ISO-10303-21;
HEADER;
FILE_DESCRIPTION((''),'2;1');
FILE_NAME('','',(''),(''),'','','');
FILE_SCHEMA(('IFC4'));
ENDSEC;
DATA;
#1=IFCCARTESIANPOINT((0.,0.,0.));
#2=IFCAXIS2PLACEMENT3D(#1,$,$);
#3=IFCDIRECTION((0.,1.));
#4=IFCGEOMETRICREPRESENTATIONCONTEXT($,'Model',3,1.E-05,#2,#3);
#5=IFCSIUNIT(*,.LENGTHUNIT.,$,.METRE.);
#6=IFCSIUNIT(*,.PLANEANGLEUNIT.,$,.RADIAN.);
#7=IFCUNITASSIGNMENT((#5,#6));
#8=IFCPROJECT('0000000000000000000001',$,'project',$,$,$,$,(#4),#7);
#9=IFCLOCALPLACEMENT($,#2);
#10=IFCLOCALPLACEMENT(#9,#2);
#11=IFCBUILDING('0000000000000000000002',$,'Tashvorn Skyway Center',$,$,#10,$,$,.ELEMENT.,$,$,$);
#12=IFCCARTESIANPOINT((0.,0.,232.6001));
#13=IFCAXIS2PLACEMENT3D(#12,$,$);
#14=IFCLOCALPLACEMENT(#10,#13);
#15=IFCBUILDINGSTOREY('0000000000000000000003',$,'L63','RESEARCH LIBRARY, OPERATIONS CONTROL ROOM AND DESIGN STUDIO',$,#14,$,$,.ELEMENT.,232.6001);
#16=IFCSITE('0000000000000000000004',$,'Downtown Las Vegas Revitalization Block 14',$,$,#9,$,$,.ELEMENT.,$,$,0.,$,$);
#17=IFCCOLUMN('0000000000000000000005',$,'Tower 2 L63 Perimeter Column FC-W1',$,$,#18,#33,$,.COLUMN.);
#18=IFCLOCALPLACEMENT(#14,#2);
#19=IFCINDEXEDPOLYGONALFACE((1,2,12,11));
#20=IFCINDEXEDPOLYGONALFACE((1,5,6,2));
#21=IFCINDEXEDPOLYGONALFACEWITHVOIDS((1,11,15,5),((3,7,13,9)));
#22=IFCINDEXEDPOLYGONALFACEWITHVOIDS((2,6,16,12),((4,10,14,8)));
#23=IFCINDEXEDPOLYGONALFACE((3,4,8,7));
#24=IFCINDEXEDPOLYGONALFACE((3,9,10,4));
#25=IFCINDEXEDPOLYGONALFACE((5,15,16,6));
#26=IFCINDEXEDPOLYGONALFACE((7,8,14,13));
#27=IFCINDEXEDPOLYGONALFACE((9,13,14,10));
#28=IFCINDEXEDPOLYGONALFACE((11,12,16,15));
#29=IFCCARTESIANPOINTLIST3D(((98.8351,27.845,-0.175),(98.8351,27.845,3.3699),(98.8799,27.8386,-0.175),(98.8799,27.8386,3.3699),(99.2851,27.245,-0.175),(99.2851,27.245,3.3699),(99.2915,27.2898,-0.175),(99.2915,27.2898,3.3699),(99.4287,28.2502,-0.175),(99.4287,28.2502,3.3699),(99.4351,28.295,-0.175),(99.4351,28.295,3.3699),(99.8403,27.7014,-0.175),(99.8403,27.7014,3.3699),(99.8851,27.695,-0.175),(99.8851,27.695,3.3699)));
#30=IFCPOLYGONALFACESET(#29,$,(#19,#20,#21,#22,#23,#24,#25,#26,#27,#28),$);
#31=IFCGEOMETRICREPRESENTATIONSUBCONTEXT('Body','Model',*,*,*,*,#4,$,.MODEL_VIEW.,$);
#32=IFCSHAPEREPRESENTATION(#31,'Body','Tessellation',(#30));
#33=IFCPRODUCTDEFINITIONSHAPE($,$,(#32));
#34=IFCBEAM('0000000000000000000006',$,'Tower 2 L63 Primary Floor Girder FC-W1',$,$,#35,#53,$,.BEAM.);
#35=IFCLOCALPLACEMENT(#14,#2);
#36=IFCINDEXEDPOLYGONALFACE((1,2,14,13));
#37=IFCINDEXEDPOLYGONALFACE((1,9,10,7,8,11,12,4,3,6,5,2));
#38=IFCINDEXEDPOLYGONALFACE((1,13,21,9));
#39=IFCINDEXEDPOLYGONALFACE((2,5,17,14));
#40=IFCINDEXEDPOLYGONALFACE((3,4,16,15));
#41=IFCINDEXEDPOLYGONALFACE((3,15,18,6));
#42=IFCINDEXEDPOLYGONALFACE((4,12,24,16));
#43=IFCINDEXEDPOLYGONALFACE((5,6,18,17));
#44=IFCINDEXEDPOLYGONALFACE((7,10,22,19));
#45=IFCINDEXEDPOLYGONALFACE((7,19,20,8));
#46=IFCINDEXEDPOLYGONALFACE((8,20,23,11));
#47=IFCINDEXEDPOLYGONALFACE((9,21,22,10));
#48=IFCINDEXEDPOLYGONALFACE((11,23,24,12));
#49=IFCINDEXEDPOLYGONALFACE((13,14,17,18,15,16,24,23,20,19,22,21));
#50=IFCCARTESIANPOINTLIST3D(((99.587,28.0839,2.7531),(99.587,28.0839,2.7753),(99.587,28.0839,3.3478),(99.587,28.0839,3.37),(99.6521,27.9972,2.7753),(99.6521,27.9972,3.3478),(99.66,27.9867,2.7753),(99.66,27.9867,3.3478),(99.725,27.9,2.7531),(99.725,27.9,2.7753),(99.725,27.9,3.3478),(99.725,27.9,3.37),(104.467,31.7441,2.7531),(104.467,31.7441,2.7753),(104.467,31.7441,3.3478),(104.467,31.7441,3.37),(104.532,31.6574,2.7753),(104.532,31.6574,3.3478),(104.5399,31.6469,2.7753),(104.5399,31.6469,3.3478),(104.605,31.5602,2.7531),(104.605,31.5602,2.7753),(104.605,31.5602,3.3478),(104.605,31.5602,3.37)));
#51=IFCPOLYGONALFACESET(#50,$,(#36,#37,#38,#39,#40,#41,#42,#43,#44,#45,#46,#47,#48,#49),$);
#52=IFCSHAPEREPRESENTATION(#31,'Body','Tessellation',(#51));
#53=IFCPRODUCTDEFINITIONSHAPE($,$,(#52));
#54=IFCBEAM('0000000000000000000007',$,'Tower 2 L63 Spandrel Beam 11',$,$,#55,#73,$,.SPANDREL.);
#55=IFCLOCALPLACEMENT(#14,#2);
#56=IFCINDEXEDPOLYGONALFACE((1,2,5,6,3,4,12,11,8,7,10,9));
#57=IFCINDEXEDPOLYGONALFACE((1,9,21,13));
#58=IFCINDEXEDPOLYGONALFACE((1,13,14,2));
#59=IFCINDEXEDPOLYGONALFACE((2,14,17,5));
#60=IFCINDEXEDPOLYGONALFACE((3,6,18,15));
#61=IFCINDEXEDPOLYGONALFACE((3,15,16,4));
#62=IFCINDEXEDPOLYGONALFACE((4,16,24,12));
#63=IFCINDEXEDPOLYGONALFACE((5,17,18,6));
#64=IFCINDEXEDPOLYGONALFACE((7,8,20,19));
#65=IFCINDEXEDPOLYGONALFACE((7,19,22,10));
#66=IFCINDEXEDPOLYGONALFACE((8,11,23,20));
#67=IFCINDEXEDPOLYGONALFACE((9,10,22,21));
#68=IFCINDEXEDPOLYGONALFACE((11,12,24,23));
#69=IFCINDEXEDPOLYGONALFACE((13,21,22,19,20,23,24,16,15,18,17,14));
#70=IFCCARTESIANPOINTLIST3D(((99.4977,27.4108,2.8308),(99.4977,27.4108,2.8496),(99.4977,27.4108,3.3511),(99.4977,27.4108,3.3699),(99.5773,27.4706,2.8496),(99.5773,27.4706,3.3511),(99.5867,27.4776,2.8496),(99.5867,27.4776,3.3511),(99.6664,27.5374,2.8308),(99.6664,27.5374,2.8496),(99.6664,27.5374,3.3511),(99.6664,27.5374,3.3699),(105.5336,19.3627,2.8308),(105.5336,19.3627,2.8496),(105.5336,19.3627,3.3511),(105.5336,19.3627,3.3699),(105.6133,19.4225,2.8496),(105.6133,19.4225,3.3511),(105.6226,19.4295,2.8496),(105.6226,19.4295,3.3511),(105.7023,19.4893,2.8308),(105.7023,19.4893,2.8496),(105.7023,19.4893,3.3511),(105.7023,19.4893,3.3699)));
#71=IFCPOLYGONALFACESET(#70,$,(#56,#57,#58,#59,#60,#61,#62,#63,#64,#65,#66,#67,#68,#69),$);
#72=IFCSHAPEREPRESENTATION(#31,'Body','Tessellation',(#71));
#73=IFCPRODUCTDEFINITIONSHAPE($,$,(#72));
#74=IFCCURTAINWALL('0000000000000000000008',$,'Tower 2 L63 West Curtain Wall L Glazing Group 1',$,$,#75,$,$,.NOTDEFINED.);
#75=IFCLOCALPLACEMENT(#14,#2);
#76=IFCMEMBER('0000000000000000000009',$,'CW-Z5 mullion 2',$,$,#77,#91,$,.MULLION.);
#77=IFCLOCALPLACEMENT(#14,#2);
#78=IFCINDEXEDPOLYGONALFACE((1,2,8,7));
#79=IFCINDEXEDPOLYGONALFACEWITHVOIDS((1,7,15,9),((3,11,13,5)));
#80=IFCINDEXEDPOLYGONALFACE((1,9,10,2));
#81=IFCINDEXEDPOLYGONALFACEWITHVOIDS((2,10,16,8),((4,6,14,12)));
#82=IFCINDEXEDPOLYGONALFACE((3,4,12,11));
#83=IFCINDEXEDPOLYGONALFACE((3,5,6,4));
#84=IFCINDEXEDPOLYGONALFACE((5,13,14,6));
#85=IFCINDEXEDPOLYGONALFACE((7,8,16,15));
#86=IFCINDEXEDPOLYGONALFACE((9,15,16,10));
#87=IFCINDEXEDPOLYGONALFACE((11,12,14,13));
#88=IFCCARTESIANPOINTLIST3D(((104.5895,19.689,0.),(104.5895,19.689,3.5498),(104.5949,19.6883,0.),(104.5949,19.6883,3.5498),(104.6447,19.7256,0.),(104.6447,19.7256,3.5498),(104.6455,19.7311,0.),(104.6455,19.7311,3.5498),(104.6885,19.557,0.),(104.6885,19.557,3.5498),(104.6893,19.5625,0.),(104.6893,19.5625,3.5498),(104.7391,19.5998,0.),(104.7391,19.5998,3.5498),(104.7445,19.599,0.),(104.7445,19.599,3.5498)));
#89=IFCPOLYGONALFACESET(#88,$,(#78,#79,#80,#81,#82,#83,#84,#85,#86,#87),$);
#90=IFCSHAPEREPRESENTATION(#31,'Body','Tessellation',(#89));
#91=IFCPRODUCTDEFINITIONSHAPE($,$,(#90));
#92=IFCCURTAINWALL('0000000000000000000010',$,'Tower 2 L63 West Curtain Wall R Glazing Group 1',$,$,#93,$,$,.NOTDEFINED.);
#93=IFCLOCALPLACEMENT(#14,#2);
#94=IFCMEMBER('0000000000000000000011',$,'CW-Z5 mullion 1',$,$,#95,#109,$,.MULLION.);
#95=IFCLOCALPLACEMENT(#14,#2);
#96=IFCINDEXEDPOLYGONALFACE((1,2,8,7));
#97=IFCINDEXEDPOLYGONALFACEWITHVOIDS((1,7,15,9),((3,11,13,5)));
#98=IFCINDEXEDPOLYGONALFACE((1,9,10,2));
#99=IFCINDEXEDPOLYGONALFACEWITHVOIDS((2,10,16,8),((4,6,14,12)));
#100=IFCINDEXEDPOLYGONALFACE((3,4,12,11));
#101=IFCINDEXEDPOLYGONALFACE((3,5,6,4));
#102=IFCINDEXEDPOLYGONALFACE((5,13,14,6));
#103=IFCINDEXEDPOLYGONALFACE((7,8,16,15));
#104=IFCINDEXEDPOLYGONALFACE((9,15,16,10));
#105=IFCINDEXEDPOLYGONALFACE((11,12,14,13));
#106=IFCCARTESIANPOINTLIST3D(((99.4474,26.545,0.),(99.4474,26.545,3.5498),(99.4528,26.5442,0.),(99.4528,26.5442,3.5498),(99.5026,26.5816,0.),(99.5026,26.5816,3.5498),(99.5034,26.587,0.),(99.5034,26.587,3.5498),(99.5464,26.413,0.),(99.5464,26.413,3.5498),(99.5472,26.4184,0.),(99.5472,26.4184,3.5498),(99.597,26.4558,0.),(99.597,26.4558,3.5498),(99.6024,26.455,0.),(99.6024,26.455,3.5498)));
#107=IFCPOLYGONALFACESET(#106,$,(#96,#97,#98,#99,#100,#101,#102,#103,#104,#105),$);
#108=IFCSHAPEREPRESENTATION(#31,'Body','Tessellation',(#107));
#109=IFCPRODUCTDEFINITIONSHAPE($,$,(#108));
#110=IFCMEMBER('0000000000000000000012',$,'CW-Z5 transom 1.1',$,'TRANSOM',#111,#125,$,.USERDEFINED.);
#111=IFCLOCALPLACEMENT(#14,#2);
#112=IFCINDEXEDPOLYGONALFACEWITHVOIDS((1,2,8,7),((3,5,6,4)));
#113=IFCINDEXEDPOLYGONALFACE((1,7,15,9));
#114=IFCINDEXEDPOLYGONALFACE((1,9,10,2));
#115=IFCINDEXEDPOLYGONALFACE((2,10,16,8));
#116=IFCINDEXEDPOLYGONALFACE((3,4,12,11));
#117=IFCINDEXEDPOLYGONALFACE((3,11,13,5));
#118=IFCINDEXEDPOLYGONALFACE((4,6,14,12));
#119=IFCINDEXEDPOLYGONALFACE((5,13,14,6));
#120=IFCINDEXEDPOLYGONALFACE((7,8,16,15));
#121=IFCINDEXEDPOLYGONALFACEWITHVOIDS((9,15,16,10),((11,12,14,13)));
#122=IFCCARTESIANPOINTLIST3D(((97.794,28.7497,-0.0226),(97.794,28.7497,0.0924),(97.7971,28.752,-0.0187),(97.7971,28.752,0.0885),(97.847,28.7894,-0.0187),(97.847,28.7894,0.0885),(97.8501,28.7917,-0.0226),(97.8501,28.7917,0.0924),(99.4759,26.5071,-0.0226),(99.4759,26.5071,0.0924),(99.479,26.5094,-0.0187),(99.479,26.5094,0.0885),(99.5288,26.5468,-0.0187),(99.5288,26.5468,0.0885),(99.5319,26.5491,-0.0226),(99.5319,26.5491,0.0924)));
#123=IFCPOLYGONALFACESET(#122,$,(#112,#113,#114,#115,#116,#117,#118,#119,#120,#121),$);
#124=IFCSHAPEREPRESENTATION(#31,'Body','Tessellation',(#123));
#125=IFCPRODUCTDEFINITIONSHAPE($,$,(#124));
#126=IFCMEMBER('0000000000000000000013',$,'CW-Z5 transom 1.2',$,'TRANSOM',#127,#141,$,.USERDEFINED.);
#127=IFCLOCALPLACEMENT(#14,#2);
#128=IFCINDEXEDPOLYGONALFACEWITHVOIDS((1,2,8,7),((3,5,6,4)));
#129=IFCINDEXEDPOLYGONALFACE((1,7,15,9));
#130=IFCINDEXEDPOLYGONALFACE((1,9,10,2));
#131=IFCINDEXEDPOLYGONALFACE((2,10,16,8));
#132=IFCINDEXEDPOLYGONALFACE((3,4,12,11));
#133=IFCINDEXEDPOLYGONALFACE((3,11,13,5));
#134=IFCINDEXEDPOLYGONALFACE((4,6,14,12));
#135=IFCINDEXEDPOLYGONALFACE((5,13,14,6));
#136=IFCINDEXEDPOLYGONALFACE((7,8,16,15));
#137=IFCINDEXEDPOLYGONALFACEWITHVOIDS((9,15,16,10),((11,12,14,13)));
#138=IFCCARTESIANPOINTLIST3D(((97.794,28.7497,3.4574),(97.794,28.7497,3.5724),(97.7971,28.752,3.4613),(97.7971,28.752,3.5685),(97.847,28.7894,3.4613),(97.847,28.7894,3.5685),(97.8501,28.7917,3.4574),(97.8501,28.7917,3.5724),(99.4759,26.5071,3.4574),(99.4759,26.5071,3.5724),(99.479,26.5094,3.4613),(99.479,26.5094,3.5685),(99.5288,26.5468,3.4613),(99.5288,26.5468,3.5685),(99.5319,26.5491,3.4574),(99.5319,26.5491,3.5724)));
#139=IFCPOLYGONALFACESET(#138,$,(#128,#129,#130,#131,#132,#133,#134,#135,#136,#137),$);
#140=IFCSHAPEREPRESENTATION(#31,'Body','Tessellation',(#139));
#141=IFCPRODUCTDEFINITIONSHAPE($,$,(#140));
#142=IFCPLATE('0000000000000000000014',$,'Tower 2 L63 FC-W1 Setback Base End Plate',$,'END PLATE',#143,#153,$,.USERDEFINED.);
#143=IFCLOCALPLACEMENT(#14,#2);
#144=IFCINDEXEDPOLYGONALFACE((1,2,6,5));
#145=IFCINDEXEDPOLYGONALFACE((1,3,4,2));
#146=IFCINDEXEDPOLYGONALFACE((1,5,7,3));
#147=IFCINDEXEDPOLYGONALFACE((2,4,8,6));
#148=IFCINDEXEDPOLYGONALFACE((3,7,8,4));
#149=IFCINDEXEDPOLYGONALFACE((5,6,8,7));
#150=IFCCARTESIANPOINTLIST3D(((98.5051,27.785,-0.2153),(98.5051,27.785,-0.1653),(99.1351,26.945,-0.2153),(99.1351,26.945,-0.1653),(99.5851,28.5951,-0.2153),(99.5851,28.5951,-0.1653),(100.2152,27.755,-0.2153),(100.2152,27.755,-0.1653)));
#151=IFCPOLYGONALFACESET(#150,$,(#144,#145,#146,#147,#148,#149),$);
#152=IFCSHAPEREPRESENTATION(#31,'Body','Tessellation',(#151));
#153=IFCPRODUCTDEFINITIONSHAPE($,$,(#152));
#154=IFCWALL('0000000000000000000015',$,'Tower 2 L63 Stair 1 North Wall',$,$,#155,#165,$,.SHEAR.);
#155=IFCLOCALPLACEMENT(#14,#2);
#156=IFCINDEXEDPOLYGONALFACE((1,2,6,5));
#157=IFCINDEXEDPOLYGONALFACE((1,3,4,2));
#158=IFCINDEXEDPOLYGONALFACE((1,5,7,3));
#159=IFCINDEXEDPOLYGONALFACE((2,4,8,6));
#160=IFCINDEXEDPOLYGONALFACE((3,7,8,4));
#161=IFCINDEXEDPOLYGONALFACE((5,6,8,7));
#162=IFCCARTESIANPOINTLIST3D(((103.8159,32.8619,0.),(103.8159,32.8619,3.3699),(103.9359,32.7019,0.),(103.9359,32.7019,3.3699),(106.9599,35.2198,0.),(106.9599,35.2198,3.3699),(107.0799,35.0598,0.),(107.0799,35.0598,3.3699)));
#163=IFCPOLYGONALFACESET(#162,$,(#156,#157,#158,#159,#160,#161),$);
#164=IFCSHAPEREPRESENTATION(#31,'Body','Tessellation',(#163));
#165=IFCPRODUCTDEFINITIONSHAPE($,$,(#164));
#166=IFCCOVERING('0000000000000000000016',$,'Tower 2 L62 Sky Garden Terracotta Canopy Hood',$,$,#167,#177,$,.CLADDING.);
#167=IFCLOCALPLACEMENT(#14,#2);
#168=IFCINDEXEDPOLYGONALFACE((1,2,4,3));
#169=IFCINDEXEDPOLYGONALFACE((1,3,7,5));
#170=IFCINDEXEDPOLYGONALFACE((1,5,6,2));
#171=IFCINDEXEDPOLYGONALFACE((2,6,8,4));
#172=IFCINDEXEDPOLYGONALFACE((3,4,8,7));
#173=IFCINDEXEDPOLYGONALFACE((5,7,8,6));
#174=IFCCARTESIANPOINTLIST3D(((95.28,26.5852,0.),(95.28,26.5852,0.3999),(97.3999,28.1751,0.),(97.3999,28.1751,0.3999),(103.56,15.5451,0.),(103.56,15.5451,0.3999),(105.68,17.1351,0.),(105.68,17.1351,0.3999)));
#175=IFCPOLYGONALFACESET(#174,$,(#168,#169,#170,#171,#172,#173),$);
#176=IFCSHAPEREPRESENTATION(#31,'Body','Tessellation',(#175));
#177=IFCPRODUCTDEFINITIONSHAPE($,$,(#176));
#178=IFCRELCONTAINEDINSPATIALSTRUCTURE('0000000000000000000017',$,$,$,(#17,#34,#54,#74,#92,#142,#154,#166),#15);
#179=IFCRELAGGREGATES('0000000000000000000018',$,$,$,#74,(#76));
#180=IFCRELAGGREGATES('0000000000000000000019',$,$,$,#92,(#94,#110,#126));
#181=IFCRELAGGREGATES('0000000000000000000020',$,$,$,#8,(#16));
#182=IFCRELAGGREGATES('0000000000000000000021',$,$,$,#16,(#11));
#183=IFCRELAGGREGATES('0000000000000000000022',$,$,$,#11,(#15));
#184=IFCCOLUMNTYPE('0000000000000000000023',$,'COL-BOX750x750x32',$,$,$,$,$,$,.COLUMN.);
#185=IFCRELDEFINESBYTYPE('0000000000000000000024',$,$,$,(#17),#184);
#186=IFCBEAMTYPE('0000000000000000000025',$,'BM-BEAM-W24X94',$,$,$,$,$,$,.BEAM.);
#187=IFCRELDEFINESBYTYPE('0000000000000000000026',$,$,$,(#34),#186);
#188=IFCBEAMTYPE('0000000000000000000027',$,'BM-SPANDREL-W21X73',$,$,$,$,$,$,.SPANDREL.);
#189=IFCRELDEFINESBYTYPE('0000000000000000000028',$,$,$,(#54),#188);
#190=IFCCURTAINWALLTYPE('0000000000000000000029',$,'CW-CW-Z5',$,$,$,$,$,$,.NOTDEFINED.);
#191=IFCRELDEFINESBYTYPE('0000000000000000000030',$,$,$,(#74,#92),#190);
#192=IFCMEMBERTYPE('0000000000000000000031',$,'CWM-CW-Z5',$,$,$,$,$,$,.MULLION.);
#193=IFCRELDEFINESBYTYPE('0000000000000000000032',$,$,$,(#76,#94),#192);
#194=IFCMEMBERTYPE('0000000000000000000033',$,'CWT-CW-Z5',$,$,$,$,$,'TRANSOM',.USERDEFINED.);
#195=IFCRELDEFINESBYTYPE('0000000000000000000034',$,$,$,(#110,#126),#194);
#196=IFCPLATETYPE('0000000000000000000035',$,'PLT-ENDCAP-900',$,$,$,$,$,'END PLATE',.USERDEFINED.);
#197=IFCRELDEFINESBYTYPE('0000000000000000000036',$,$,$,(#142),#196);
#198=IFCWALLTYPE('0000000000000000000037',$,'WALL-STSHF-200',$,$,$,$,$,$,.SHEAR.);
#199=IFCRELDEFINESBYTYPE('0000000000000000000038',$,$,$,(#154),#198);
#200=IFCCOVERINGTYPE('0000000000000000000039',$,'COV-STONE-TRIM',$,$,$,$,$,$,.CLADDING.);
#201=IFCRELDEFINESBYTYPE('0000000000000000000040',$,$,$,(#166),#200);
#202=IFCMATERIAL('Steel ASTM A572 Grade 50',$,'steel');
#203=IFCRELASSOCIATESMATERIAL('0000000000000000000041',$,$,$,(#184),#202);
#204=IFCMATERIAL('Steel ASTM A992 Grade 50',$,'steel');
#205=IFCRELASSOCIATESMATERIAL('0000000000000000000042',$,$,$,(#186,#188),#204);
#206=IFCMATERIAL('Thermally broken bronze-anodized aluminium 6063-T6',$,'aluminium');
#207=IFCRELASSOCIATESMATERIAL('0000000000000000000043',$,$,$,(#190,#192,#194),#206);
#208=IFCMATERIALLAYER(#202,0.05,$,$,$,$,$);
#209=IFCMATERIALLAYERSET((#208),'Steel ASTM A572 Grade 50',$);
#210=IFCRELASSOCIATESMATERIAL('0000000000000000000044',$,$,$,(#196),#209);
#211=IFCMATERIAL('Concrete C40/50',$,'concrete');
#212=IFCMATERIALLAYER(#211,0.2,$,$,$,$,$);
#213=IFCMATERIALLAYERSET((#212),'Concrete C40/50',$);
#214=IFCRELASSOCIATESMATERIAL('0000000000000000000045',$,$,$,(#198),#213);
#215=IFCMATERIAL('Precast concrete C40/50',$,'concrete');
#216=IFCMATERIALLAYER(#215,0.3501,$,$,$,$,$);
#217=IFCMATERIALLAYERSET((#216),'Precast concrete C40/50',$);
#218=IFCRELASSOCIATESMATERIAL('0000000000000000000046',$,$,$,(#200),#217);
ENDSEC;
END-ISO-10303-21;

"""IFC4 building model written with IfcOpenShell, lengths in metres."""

from ifc_helpers import new_model, si_unit, direction, frame, frame_2d, origin, origin_2d, place, context, subcontext, project, spatial, rectangle, hollow_rectangle, i_section, extrude, material, layer, layer_set, material_profile, profile_set, type_object, element, aggregate, save


model = new_model("IFC4")

# Units and contexts
model_context = context("Model", 3, precision=1e-05, world=origin(), true_north=direction((0.0, 1.0)))
body_context = subcontext(model_context, "Body", "Model", "MODEL_VIEW")
ifc_project = project(units=[si_unit("LENGTHUNIT", "METRE"), si_unit("PLANEANGLEUNIT", "RADIAN")], contexts=[model_context])

# Site, building, storey
site_placement = place(None, origin())
site = spatial("IfcSite", under=ifc_project, at=site_placement, Name="Downtown Las Vegas Revitalization Block 14", CompositionType="ELEMENT", RefElevation=0.0)
building_placement = place(site_placement, origin())
building = spatial("IfcBuilding", under=site, at=building_placement, Name="Tashvorn Skyway Center", CompositionType="ELEMENT")
storey_placement = place(building_placement, frame((0.0, 0.0, 232.6001)))
storey = spatial("IfcBuildingStorey", under=building, at=storey_placement, Name="L63", Description="RESEARCH LIBRARY, OPERATIONS CONTROL ROOM AND DESIGN STUDIO", CompositionType="ELEMENT", Elevation=232.6001)

# Column
ifc_material_1 = material(Name="Steel ASTM A572 Grade 50", Category="steel")
ifc_material_profile_1 = material_profile(ifc_material_1, hollow_rectangle(XDim=0.75, YDim=0.75, WallThickness=0.032, at=origin_2d()), Name="BOX750x750x32")
ifc_profile_set_1 = profile_set([ifc_material_profile_1], Name="Steel ASTM A572 Grade 50")
column_type = type_object("IfcColumnType", Name="COL-BOX750x750x32", PredefinedType="COLUMN", material=ifc_profile_set_1)
column_placement = place(storey_placement, frame((99.3601, 27.77, -0.175), z_axis=(0.0, 0.0, 1.0), x_axis=(0.8, 0.6, 0.0)))
element("IfcColumn", 1, at=column_placement, inside=storey, type_object=column_type, Name="Tower 2 L63 Perimeter Column FC-W1", PredefinedType="COLUMN", context=body_context, shape_type="SweptSolid", body=[
    extrude(hollow_rectangle(XDim=0.75, YDim=0.75, WallThickness=0.032, at=origin_2d()), origin(), (0.0, 0.0, 1.0), 3.5449),
])

# Beams
ifc_material_2 = material(Name="Steel ASTM A992 Grade 50", Category="steel")
ifc_material_profile_2 = material_profile(ifc_material_2, i_section(OverallWidth=0.23, OverallDepth=0.6169, WebThickness=0.0132, FlangeThickness=0.0222, at=origin_2d()), Name="W24X94")
ifc_profile_set_2 = profile_set([ifc_material_profile_2], Name="Steel ASTM A992 Grade 50")
beam_type_1 = type_object("IfcBeamType", Name="BM-BEAM-W24X94", PredefinedType="BEAM", material=ifc_profile_set_2)
beam_1_placement = place(storey_placement, frame((99.656, 27.9919, 3.0615), z_axis=(0.799981, 0.600026, 0.0), x_axis=(-0.600026, 0.799981, 0.0)))
element("IfcBeam", 2, at=beam_1_placement, inside=storey, type_object=beam_type_1, Name="Tower 2 L63 Primary Floor Girder FC-W1", PredefinedType="BEAM", context=body_context, shape_type="SweptSolid", body=[
    extrude(i_section(OverallWidth=0.23, OverallDepth=0.6169, WebThickness=0.0132, FlangeThickness=0.0222, at=origin_2d()), origin(), (0.0, 0.0, 1.0), 6.1001),
])
ifc_material_profile_3 = material_profile(ifc_material_2, i_section(OverallWidth=0.2109, OverallDepth=0.5391, WebThickness=0.0117, FlangeThickness=0.0188, at=origin_2d()), Name="W21X73")
ifc_profile_set_3 = profile_set([ifc_material_profile_3], Name="Steel ASTM A992 Grade 50")
beam_type_2 = type_object("IfcBeamType", Name="BM-SPANDREL-W21X73", PredefinedType="SPANDREL", material=ifc_profile_set_3)
beam_2_placement = place(storey_placement, frame((99.582, 27.4741, 3.1003), z_axis=(0.599988, -0.800009, 0.0), x_axis=(0.800009, 0.599988, 0.0)))
element("IfcBeam", 3, at=beam_2_placement, inside=storey, type_object=beam_type_2, Name="Tower 2 L63 Spandrel Beam 11", PredefinedType="SPANDREL", context=body_context, shape_type="SweptSolid", body=[
    extrude(i_section(OverallWidth=0.2109, OverallDepth=0.5391, WebThickness=0.0117, FlangeThickness=0.0188, at=origin_2d()), origin(), (0.0, 0.0, 1.0), 10.0601),
])

# Curtain wall, member
ifc_material_3 = material(Name="Thermally broken bronze-anodized aluminium 6063-T6", Category="aluminium")
curtain_wall_type = type_object("IfcCurtainWallType", Name="CW-CW-Z5", PredefinedType="NOTDEFINED", material=ifc_material_3)
curtain_wall_1_placement = place(storey_placement, origin())
curtain_wall_1 = element("IfcCurtainWall", 4, at=curtain_wall_1_placement, inside=storey, type_object=curtain_wall_type, Name="Tower 2 L63 West Curtain Wall L Glazing Group 1", PredefinedType="NOTDEFINED")
ifc_material_profile_4 = material_profile(ifc_material_3, hollow_rectangle(XDim=0.0701, YDim=0.165, WallThickness=0.0039, at=origin_2d()), Name="ALU-MULL-70x165")
ifc_profile_set_4 = profile_set([ifc_material_profile_4], Name="Thermally broken bronze-anodized aluminium 6063-T6")
member_type_1 = type_object("IfcMemberType", Name="CWM-CW-Z5", PredefinedType="MULLION", material=ifc_profile_set_4)
member_1_placement = place(storey_placement, frame((104.667, 19.644, 0.0), z_axis=(0.0, 0.0, 1.0), x_axis=(-0.800004, -0.599995, 0.0)))
member_1 = element("IfcMember", 5, at=member_1_placement, type_object=member_type_1, Name="CW-Z5 mullion 2", PredefinedType="MULLION", context=body_context, shape_type="SweptSolid", body=[
    extrude(hollow_rectangle(XDim=0.0701, YDim=0.165, WallThickness=0.0039, at=origin_2d()), origin(), (0.0, 0.0, 1.0), 3.5498),
])
aggregate(curtain_wall_1, [member_1])

# Curtain wall, members
curtain_wall_2_placement = place(storey_placement, origin())
curtain_wall_2 = element("IfcCurtainWall", 6, at=curtain_wall_2_placement, inside=storey, type_object=curtain_wall_type, Name="Tower 2 L63 West Curtain Wall R Glazing Group 1", PredefinedType="NOTDEFINED")
member_2_placement = place(storey_placement, frame((99.5249, 26.5, 0.0), z_axis=(0.0, 0.0, 1.0), x_axis=(-0.800004, -0.599995, 0.0)))
member_2 = element("IfcMember", 7, at=member_2_placement, type_object=member_type_1, Name="CW-Z5 mullion 1", PredefinedType="MULLION", context=body_context, shape_type="SweptSolid", body=[
    extrude(hollow_rectangle(XDim=0.0701, YDim=0.165, WallThickness=0.0039, at=origin_2d()), origin(), (0.0, 0.0, 1.0), 3.5498),
])
ifc_material_profile_5 = material_profile(ifc_material_3, hollow_rectangle(XDim=0.0701, YDim=0.115, WallThickness=0.0039, at=origin_2d()), Name="ALU-TRAN-70x115")
ifc_profile_set_5 = profile_set([ifc_material_profile_5], Name="Thermally broken bronze-anodized aluminium 6063-T6")
member_type_2 = type_object("IfcMemberType", Name="CWT-CW-Z5", ElementType="TRANSOM", PredefinedType="USERDEFINED", material=ifc_profile_set_5)
member_3_placement = place(storey_placement, frame((99.5039, 26.5281, 0.0349), z_axis=(-0.599972, 0.800021, 0.0), x_axis=(-0.800021, -0.599972, 0.0)))
member_3 = element("IfcMember", 8, at=member_3_placement, type_object=member_type_2, Name="CW-Z5 transom 1.1", ObjectType="TRANSOM", PredefinedType="USERDEFINED", context=body_context, shape_type="SweptSolid", body=[
    extrude(hollow_rectangle(XDim=0.0701, YDim=0.115, WallThickness=0.0039, at=origin_2d()), origin(), (0.0, 0.0, 1.0), 2.8032),
])
member_4_placement = place(storey_placement, frame((99.5039, 26.5281, 3.5149), z_axis=(-0.599972, 0.800021, 0.0), x_axis=(-0.800021, -0.599972, 0.0)))
member_4 = element("IfcMember", 9, at=member_4_placement, type_object=member_type_2, Name="CW-Z5 transom 1.2", ObjectType="TRANSOM", PredefinedType="USERDEFINED", context=body_context, shape_type="SweptSolid", body=[
    extrude(hollow_rectangle(XDim=0.0701, YDim=0.115, WallThickness=0.0039, at=origin_2d()), origin(), (0.0, 0.0, 1.0), 2.8032),
])
aggregate(curtain_wall_2, [member_2, member_3, member_4])

# Plate
ifc_layer_1 = layer(ifc_material_1, 0.05)
ifc_layer_set_1 = layer_set([ifc_layer_1], Name="Steel ASTM A572 Grade 50")
plate_type = type_object("IfcPlateType", Name="PLT-ENDCAP-900", ElementType="END PLATE", PredefinedType="USERDEFINED", material=ifc_layer_set_1)
plate_placement = place(storey_placement, frame((99.3601, 27.77, -0.2153), z_axis=(0.0, 0.0, 1.0), x_axis=(0.8, 0.6, 0.0)))
element("IfcPlate", 10, at=plate_placement, inside=storey, type_object=plate_type, Name="Tower 2 L63 FC-W1 Setback Base End Plate", ObjectType="END PLATE", PredefinedType="USERDEFINED", context=body_context, shape_type="SweptSolid", body=[
    extrude(rectangle(XDim=1.3501, YDim=1.05, at=origin_2d()), origin(), (0.0, 0.0, 1.0), 0.05),
])

# Shared definitions
ifc_material_4 = material(Name="Precast concrete C40/50", Category="concrete")

# Wall
ifc_material_5 = material(Name="Concrete C40/50", Category="concrete")
ifc_layer_2 = layer(ifc_material_5, 0.2)
ifc_layer_set_2 = layer_set([ifc_layer_2], Name="Concrete C40/50")
wall_type_1 = type_object("IfcWallType", Name="WALL-STSHF-200", PredefinedType="SHEAR", material=ifc_layer_set_2)
wall_1_placement = place(storey_placement, frame((103.876, 32.782, 0.0), z_axis=(0.0, 0.0, 1.0), x_axis=(0.800015, 0.59998, 0.0)))
element("IfcWall", 11, at=wall_1_placement, inside=storey, type_object=wall_type_1, Name="Tower 2 L63 Stair 1 North Wall", PredefinedType="SHEAR", context=body_context, shape_type="SweptSolid", body=[
    extrude(rectangle(XDim=3.9299, YDim=0.2, at=frame_2d((1.9648, 0.0))), origin(), (0.0, 0.0, 1.0), 3.3699),
])

# Covering
ifc_layer_3 = layer(ifc_material_4, 0.3501)
ifc_layer_set_3 = layer_set([ifc_layer_3], Name="Precast concrete C40/50")
covering_type = type_object("IfcCoveringType", Name="COV-STONE-TRIM", PredefinedType="CLADDING", material=ifc_layer_set_3)
covering_1_placement = place(storey_placement, frame((100.48, 21.8601, 0.0), z_axis=(0.0, 0.0, 1.0), x_axis=(-0.6, 0.8, 0.0)))
element("IfcCovering", 12, at=covering_1_placement, inside=storey, type_object=covering_type, Name="Tower 2 L62 Sky Garden Terracotta Canopy Hood", PredefinedType="CLADDING", context=body_context, shape_type="SweptSolid", body=[
    extrude(rectangle(XDim=13.8, YDim=2.6499, at=origin_2d()), origin(), (0.0, 0.0, 1.0), 0.3999),
])

save(model, "model.ifc")
